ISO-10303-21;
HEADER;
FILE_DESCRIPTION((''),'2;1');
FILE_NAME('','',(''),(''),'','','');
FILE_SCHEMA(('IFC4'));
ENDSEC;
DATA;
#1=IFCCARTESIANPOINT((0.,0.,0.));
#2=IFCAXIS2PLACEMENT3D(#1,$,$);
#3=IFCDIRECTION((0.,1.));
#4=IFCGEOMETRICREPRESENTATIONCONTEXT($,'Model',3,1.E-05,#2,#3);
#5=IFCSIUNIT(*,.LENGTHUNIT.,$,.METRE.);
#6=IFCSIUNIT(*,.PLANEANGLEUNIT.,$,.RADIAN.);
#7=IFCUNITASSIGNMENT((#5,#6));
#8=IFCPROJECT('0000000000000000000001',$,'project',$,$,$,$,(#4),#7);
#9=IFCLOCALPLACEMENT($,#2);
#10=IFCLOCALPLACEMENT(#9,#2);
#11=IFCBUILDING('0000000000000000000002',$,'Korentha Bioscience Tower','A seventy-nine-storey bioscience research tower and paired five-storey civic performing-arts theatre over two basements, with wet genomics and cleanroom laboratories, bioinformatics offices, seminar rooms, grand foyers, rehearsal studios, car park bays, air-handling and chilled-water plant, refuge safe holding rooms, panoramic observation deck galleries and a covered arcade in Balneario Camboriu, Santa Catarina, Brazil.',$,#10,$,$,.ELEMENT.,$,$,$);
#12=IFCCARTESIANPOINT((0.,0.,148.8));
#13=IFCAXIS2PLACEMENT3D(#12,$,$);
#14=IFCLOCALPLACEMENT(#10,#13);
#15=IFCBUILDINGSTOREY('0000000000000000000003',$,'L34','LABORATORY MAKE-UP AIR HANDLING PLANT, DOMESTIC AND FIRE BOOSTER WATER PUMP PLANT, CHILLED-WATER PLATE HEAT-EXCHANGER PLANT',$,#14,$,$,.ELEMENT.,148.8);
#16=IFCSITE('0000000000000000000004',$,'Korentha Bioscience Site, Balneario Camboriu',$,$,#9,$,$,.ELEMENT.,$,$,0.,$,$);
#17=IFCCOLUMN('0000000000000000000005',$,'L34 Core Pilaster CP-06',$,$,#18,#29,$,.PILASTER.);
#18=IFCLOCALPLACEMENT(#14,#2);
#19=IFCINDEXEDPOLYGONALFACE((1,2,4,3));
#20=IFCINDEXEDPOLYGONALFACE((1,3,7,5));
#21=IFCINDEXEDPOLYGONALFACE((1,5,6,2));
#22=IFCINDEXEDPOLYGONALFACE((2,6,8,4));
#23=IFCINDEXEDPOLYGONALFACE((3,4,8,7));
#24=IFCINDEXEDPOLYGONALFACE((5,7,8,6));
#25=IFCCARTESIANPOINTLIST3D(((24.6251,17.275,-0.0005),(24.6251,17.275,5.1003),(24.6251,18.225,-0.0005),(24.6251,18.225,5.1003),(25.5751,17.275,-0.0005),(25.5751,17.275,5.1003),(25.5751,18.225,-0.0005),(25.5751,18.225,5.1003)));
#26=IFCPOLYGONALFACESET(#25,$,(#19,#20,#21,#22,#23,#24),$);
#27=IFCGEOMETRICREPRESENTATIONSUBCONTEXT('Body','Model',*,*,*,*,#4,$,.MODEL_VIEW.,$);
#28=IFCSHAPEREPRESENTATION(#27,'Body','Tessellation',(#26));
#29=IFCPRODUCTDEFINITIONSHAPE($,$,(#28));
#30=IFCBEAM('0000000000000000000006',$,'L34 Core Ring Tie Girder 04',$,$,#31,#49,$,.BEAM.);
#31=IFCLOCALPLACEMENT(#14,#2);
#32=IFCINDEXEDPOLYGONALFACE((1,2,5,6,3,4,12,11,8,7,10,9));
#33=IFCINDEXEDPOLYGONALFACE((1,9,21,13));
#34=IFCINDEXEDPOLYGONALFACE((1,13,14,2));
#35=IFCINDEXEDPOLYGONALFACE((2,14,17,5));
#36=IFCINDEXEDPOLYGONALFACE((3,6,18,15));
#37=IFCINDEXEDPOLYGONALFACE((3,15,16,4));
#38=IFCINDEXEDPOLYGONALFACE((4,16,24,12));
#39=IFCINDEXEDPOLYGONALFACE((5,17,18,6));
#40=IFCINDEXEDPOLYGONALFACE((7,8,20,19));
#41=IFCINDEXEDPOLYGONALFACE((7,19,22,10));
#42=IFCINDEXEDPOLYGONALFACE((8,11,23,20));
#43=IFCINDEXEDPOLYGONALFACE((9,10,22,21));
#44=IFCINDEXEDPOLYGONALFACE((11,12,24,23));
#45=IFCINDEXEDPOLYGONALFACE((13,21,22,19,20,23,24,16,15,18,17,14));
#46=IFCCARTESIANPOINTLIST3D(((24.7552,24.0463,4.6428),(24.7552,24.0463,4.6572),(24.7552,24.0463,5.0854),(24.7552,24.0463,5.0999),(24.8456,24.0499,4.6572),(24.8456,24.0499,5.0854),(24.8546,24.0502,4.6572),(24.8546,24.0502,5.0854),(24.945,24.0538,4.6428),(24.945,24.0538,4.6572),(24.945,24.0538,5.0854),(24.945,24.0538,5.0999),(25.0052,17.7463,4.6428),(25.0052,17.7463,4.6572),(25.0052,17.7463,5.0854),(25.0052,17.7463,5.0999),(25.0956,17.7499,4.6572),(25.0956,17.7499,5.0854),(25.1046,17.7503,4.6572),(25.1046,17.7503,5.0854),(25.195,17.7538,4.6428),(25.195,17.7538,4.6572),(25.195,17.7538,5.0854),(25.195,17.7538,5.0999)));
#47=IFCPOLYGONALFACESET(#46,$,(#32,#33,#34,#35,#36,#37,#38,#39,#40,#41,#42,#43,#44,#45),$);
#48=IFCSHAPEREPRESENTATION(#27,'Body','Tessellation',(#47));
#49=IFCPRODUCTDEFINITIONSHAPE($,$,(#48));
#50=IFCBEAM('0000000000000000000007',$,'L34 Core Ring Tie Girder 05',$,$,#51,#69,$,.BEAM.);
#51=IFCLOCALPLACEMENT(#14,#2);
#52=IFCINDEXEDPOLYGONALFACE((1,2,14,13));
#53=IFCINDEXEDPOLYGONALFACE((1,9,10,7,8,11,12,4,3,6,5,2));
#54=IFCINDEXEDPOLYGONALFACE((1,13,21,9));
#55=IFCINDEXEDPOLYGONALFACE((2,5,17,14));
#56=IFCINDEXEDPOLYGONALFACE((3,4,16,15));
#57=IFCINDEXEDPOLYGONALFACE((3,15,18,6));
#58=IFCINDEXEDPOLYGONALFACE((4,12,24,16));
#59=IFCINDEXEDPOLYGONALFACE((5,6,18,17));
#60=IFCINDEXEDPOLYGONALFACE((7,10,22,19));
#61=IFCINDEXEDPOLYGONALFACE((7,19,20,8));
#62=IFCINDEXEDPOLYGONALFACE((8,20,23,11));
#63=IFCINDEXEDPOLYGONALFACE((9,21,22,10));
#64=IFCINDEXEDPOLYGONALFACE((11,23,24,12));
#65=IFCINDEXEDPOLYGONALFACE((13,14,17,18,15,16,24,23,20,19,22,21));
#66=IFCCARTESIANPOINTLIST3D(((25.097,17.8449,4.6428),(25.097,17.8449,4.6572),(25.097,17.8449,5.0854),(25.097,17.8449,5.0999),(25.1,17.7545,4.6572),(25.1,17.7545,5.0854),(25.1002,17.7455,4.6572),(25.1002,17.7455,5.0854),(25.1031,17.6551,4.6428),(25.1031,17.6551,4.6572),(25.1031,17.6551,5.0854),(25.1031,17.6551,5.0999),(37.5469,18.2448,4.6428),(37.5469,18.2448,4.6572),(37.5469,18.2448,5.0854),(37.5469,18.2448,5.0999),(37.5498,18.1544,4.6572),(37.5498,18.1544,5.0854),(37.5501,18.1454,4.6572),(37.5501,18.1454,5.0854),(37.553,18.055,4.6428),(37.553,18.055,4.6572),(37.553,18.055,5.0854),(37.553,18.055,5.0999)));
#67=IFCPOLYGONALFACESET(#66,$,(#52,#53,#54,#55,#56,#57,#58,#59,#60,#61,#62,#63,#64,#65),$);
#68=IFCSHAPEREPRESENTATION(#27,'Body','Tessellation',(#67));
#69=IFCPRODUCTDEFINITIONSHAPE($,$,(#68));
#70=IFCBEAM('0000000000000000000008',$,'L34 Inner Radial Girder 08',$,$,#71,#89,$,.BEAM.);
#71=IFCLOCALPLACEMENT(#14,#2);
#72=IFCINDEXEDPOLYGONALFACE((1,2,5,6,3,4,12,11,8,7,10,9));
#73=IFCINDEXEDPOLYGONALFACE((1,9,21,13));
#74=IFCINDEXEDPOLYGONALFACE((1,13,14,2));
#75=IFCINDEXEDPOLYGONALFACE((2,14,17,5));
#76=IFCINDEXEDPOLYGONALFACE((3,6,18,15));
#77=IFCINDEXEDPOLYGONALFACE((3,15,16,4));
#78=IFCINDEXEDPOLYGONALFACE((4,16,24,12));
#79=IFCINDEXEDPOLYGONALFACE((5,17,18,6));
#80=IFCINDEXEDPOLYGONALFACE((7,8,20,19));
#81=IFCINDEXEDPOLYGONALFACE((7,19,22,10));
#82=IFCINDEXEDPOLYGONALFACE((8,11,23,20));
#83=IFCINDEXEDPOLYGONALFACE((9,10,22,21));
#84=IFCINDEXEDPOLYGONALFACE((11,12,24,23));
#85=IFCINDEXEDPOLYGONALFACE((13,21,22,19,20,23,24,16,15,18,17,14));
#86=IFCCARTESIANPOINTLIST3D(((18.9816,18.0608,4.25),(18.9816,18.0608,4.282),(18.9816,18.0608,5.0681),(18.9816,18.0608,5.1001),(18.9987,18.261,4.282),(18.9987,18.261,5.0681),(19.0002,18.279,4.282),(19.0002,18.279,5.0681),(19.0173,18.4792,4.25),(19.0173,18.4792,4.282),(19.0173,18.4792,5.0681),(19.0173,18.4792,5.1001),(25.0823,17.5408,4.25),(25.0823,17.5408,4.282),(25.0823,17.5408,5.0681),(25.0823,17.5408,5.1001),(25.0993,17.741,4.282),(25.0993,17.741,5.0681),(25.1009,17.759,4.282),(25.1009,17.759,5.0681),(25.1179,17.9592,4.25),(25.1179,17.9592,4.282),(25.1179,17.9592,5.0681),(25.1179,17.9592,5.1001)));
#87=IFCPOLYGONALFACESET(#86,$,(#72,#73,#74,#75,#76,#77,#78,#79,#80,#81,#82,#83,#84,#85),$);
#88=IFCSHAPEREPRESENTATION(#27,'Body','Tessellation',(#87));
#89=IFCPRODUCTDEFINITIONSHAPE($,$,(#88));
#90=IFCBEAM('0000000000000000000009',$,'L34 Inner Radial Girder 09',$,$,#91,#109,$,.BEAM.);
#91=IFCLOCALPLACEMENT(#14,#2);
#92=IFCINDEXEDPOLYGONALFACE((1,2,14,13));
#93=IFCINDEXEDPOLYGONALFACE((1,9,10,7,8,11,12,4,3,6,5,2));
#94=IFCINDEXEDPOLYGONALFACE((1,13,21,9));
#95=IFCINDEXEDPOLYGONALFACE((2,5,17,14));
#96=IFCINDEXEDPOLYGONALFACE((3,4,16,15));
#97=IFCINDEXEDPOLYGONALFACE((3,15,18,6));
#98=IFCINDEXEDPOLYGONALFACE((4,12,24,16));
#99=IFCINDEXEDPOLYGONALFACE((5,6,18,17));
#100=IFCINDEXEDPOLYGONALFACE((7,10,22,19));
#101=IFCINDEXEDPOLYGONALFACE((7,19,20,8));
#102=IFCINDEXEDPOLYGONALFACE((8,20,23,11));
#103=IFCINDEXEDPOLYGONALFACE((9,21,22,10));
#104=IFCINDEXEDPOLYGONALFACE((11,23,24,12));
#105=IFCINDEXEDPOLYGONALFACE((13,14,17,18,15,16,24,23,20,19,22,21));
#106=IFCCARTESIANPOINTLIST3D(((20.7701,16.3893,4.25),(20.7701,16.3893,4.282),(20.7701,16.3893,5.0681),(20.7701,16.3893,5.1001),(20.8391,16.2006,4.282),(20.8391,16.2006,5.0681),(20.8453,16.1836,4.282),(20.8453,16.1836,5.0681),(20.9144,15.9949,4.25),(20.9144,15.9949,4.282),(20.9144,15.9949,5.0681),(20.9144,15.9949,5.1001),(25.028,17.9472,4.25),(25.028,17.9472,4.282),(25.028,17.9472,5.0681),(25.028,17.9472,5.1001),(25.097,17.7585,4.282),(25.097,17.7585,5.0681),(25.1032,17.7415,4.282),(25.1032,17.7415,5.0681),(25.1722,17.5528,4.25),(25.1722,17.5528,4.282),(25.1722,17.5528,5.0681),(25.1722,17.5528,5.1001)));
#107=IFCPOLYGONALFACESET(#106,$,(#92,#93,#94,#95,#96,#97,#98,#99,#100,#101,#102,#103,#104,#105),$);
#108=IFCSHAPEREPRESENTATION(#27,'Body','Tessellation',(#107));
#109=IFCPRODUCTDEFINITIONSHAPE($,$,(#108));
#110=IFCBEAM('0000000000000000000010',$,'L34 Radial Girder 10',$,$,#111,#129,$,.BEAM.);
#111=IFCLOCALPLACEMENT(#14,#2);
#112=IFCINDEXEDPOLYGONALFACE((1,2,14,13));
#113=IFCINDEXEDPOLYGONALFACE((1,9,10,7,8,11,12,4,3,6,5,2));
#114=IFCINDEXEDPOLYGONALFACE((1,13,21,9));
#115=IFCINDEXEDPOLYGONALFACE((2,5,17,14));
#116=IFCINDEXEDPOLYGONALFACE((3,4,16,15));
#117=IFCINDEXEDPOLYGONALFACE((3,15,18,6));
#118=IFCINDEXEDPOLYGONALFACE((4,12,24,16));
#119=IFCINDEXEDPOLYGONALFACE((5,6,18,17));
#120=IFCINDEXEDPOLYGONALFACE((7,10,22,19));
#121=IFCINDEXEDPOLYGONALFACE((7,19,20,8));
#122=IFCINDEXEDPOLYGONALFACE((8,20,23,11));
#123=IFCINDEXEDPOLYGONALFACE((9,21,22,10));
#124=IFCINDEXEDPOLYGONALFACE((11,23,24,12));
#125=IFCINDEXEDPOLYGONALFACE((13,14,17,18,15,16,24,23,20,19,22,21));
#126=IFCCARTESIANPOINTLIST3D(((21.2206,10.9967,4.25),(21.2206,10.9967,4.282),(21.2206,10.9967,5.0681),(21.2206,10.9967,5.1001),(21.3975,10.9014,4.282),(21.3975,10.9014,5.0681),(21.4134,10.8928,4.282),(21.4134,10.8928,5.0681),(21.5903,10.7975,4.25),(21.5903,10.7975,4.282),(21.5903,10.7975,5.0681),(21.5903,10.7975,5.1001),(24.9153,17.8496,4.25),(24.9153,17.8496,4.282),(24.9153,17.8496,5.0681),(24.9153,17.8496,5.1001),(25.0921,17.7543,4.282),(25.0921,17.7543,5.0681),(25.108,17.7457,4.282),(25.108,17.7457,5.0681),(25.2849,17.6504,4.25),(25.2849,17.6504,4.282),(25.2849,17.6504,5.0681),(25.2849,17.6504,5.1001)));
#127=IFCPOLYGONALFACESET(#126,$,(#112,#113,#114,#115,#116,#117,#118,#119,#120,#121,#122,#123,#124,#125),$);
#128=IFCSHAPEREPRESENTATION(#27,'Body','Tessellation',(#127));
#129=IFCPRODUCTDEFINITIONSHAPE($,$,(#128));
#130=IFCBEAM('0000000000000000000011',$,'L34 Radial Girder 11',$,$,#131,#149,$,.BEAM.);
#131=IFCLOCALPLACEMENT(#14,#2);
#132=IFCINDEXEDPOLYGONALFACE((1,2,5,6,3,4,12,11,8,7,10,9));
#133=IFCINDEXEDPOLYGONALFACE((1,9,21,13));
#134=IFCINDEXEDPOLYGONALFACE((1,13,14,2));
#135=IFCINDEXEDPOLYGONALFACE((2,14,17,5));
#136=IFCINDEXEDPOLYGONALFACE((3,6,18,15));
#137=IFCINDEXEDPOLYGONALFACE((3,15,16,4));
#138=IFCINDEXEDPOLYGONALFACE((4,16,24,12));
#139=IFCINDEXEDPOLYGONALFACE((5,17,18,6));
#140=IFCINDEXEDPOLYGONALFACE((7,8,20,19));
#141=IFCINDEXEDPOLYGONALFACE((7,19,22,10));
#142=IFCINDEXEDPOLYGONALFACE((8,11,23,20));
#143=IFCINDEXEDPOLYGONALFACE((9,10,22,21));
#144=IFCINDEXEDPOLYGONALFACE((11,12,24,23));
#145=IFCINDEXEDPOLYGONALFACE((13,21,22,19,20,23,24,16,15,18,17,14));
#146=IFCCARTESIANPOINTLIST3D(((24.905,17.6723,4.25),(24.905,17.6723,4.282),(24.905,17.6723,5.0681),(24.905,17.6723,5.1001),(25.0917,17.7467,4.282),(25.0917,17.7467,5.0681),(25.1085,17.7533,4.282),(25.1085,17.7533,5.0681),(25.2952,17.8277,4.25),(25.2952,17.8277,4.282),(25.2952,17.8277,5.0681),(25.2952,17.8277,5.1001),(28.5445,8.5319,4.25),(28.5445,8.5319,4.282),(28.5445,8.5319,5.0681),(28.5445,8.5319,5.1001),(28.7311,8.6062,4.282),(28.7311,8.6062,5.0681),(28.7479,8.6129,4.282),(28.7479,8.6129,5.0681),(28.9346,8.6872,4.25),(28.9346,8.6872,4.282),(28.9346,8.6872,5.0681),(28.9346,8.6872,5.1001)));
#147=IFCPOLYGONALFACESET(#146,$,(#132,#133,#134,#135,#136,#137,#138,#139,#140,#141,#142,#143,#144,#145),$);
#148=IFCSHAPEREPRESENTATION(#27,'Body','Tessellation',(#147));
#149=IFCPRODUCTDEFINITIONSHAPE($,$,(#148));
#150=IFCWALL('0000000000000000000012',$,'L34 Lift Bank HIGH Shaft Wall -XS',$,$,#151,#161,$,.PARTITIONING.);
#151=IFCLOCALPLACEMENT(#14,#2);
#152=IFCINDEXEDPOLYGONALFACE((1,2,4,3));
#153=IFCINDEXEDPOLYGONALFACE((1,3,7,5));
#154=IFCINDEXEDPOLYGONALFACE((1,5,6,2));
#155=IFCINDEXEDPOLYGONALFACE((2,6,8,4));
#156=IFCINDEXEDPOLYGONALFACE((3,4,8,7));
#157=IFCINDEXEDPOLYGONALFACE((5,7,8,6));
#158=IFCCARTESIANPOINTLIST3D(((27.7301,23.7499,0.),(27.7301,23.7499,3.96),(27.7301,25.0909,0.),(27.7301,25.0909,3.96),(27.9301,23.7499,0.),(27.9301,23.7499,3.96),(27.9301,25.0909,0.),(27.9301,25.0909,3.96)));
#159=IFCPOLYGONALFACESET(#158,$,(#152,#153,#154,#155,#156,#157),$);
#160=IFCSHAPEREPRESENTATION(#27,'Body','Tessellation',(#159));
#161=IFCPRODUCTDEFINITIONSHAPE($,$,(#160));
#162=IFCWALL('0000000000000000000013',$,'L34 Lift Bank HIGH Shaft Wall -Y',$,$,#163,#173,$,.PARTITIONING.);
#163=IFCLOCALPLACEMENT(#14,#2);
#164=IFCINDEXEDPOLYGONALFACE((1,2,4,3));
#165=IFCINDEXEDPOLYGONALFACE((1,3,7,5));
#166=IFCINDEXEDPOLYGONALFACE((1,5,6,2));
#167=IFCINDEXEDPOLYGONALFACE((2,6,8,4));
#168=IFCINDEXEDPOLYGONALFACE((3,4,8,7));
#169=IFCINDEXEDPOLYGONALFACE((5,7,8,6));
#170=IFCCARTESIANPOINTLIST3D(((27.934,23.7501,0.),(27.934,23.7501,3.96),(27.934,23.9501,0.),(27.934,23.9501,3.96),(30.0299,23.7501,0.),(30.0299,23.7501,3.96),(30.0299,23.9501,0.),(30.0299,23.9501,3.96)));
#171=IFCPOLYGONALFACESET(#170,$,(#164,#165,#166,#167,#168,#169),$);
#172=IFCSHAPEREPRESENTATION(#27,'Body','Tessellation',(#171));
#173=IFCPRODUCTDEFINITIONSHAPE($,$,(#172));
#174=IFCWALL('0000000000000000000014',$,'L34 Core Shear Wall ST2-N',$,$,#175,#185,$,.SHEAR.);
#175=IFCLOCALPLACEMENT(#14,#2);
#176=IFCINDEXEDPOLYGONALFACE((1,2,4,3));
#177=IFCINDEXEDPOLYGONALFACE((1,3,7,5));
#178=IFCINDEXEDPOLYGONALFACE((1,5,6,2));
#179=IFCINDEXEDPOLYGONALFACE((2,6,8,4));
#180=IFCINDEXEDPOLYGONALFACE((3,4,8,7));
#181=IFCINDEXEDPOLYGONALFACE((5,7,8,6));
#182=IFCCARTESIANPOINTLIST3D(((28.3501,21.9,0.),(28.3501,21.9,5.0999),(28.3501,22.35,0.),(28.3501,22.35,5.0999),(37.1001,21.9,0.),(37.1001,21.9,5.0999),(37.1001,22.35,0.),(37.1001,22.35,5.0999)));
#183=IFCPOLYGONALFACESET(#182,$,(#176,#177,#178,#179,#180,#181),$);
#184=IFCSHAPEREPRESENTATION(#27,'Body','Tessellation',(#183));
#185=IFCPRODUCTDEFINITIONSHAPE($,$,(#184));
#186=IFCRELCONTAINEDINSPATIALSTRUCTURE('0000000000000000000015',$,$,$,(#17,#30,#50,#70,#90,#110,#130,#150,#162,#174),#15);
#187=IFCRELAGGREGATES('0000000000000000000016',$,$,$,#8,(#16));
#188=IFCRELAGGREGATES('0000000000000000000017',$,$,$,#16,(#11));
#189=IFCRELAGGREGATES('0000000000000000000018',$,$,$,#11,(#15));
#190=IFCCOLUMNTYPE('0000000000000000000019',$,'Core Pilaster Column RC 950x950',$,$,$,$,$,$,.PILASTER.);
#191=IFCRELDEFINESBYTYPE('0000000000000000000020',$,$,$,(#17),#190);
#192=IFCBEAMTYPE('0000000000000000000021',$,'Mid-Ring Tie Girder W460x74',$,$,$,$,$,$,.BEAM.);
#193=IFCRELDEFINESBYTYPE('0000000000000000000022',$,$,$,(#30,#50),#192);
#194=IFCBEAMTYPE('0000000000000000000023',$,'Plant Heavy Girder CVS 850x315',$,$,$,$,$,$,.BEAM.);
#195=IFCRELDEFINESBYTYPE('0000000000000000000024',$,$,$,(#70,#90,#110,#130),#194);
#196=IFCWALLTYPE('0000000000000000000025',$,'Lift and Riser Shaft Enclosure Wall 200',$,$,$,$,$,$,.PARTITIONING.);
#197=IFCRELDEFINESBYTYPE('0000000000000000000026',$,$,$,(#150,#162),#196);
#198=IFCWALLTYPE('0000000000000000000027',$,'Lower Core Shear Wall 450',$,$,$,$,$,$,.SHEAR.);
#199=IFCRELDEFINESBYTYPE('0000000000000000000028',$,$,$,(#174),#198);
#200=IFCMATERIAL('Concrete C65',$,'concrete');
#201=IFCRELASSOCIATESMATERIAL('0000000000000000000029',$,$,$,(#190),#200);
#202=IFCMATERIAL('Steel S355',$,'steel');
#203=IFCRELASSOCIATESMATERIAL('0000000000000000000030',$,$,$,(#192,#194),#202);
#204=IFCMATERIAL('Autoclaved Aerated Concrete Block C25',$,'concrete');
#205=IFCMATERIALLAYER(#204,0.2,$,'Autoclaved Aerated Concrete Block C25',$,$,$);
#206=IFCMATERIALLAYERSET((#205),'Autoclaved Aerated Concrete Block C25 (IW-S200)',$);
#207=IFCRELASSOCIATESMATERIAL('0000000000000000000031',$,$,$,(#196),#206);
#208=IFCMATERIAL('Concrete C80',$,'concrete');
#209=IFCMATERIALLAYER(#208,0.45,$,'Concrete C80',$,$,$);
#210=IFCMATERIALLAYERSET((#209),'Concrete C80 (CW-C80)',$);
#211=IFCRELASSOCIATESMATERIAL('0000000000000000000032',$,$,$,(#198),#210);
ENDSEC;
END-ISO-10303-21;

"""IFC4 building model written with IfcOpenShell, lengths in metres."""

from ifc_helpers import new_model, si_unit, direction, frame, frame_2d, origin, origin_2d, place, context, subcontext, project, spatial, rectangle, i_section, extrude, material, layer, layer_set, material_profile, profile_set, type_object, element, save


model = new_model("IFC4")

# Units and contexts
model_context = context("Model", 3, precision=1e-05, world=origin(), true_north=direction((0.0, 1.0)))
body_context = subcontext(model_context, "Body", "Model", "MODEL_VIEW")
ifc_project = project(units=[si_unit("LENGTHUNIT", "METRE"), si_unit("PLANEANGLEUNIT", "RADIAN")], contexts=[model_context])

# Site, building, storey
site_placement = place(None, origin())
site = spatial("IfcSite", under=ifc_project, at=site_placement, Name="Korentha Bioscience Site, Balneario Camboriu", CompositionType="ELEMENT", RefElevation=0.0)
building_placement = place(site_placement, origin())
building = spatial("IfcBuilding", under=site, at=building_placement, Name="Korentha Bioscience Tower", Description="A seventy-nine-storey bioscience research tower and paired five-storey civic performing-arts theatre over two basements, with wet genomics and cleanroom laboratories, bioinformatics offices, seminar rooms, grand foyers, rehearsal studios, car park bays, air-handling and chilled-water plant, refuge safe holding rooms, panoramic observation deck galleries and a covered arcade in Balneario Camboriu, Santa Catarina, Brazil.", CompositionType="ELEMENT")
storey_placement = place(building_placement, frame((0.0, 0.0, 148.8)))
storey = spatial("IfcBuildingStorey", under=building, at=storey_placement, Name="L34", Description="LABORATORY MAKE-UP AIR HANDLING PLANT, DOMESTIC AND FIRE BOOSTER WATER PUMP PLANT, CHILLED-WATER PLATE HEAT-EXCHANGER PLANT", CompositionType="ELEMENT", Elevation=148.8)

# Column
ifc_material_1 = material(Name="Concrete C65", Category="concrete")
ifc_material_profile_1 = material_profile(ifc_material_1, rectangle(XDim=0.95, YDim=0.95, at=origin_2d()), Name="Concrete C65")
ifc_profile_set_1 = profile_set([ifc_material_profile_1], Name="Concrete C65 (COL-CP09)")
column_type = type_object("IfcColumnType", Name="Core Pilaster Column RC 950x950", PredefinedType="PILASTER", material=ifc_profile_set_1)
column_placement = place(storey_placement, frame((25.1001, 17.75, -0.0005), z_axis=(0.0, 0.0, 1.0), x_axis=(1.0, 0.0, 0.0)))
element("IfcColumn", 1, at=column_placement, inside=storey, type_object=column_type, Name="L34 Core Pilaster CP-06", PredefinedType="PILASTER", context=body_context, shape_type="SweptSolid", body=[
    extrude(rectangle(XDim=0.95, YDim=0.95, at=origin_2d()), origin(), (0.0, 0.0, 1.0), 5.1008),
])

# Beams
ifc_material_2 = material(Name="Steel S355", Category="steel")
ifc_material_profile_2 = material_profile(ifc_material_2, i_section(OverallWidth=0.1899, OverallDepth=0.457, WebThickness=0.009, FlangeThickness=0.0144, at=origin_2d()), Name="Steel S355")
ifc_profile_set_2 = profile_set([ifc_material_profile_2], Name="Steel S355 (MB-460)")
beam_type_1 = type_object("IfcBeamType", Name="Mid-Ring Tie Girder W460x74", PredefinedType="BEAM", material=ifc_profile_set_2)
beam_1_placement = place(storey_placement, frame((24.8501, 24.05, 4.8713), z_axis=(0.039651, -0.999214, 0.0), x_axis=(0.999214, 0.039651, 0.0)))
element("IfcBeam", 2, at=beam_1_placement, inside=storey, type_object=beam_type_1, Name="L34 Core Ring Tie Girder 04", PredefinedType="BEAM", context=body_context, shape_type="SweptSolid", body=[
    extrude(i_section(OverallWidth=0.1899, OverallDepth=0.457, WebThickness=0.009, FlangeThickness=0.0144, at=origin_2d()), origin(), (0.0, 0.0, 1.0), 6.3049),
])
beam_2_placement = place(storey_placement, frame((25.1001, 17.75, 4.8713), z_axis=(0.999485, 0.032104, 0.0), x_axis=(-0.032104, 0.999485, 0.0)))
element("IfcBeam", 3, at=beam_2_placement, inside=storey, type_object=beam_type_1, Name="L34 Core Ring Tie Girder 05", PredefinedType="BEAM", context=body_context, shape_type="SweptSolid", body=[
    extrude(i_section(OverallWidth=0.1899, OverallDepth=0.457, WebThickness=0.009, FlangeThickness=0.0144, at=origin_2d()), origin(), (0.0, 0.0, 1.0), 12.4563),
])
ifc_material_profile_3 = material_profile(ifc_material_2, i_section(OverallWidth=0.4199, OverallDepth=0.8501, WebThickness=0.0181, FlangeThickness=0.032, at=origin_2d()), Name="Steel S355")
ifc_profile_set_3 = profile_set([ifc_material_profile_3], Name="Steel S355 (MB-850)")
beam_type_2 = type_object("IfcBeamType", Name="Plant Heavy Girder CVS 850x315", PredefinedType="BEAM", material=ifc_profile_set_3)
beam_3_placement = place(storey_placement, frame((25.1001, 17.75, 4.675), z_axis=(-0.996387, 0.084933, 0.0), x_axis=(-0.084933, -0.996387, 0.0)))
element("IfcBeam", 4, at=beam_3_placement, inside=storey, type_object=beam_type_2, Name="L34 Inner Radial Girder 08", PredefinedType="BEAM", context=body_context, shape_type="SweptSolid", body=[
    extrude(i_section(OverallWidth=0.4199, OverallDepth=0.8501, WebThickness=0.0181, FlangeThickness=0.032, at=origin_2d()), origin(), (0.0, 0.0, 1.0), 6.1228),
])
beam_4_placement = place(storey_placement, frame((25.1001, 17.75, 4.675), z_axis=(-0.939114, -0.343606, 0.0), x_axis=(0.343606, -0.939114, 0.0)))
element("IfcBeam", 5, at=beam_4_placement, inside=storey, type_object=beam_type_2, Name="L34 Inner Radial Girder 09", PredefinedType="BEAM", context=body_context, shape_type="SweptSolid", body=[
    extrude(i_section(OverallWidth=0.4199, OverallDepth=0.8501, WebThickness=0.0181, FlangeThickness=0.032, at=origin_2d()), origin(), (0.0, 0.0, 1.0), 4.5339),
])
beam_5_placement = place(storey_placement, frame((25.1001, 17.75, 4.675), z_axis=(-0.47456, -0.880223, 0.0), x_axis=(0.880223, -0.47456, 0.0)))
element("IfcBeam", 6, at=beam_5_placement, inside=storey, type_object=beam_type_2, Name="L34 Radial Girder 10", PredefinedType="BEAM", context=body_context, shape_type="SweptSolid", body=[
    extrude(i_section(OverallWidth=0.4199, OverallDepth=0.8501, WebThickness=0.0181, FlangeThickness=0.032, at=origin_2d()), origin(), (0.0, 0.0, 1.0), 7.7854),
])
beam_6_placement = place(storey_placement, frame((25.1001, 17.75, 4.675), z_axis=(0.369923, -0.929063, 0.0), x_axis=(0.929063, 0.369923, 0.0)))
element("IfcBeam", 7, at=beam_6_placement, inside=storey, type_object=beam_type_2, Name="L34 Radial Girder 11", PredefinedType="BEAM", context=body_context, shape_type="SweptSolid", body=[
    extrude(i_section(OverallWidth=0.4199, OverallDepth=0.8501, WebThickness=0.0181, FlangeThickness=0.032, at=origin_2d()), origin(), (0.0, 0.0, 1.0), 9.8384),
])

# Walls
ifc_material_3 = material(Name="Autoclaved Aerated Concrete Block C25", Category="concrete")
ifc_layer_1 = layer(ifc_material_3, 0.2, Name="Autoclaved Aerated Concrete Block C25")
ifc_layer_set_1 = layer_set([ifc_layer_1], Name="Autoclaved Aerated Concrete Block C25 (IW-S200)")
wall_type_1 = type_object("IfcWallType", Name="Lift and Riser Shaft Enclosure Wall 200", PredefinedType="PARTITIONING", material=ifc_layer_set_1)
wall_1_placement = place(storey_placement, frame((27.8301, 23.75, 0.0), z_axis=(0.0, 0.0, 1.0), x_axis=(0.0, 1.0, 0.0)))
element("IfcWall", 8, at=wall_1_placement, inside=storey, type_object=wall_type_1, Name="L34 Lift Bank HIGH Shaft Wall -XS", PredefinedType="PARTITIONING", context=body_context, shape_type="SweptSolid", body=[
    extrude(rectangle(XDim=1.3411, YDim=0.2, at=frame_2d((0.6704, 0.0))), origin(), (0.0, 0.0, 1.0), 3.96),
])
wall_2_placement = place(storey_placement, frame((27.9341, 23.8501, 0.0), z_axis=(0.0, 0.0, 1.0), x_axis=(1.0, 0.0, 0.0)))
element("IfcWall", 9, at=wall_2_placement, inside=storey, type_object=wall_type_1, Name="L34 Lift Bank HIGH Shaft Wall -Y", PredefinedType="PARTITIONING", context=body_context, shape_type="SweptSolid", body=[
    extrude(rectangle(XDim=2.0959, YDim=0.2, at=frame_2d((1.0479, 0.0))), origin(), (0.0, 0.0, 1.0), 3.96),
])
ifc_material_4 = material(Name="Concrete C80", Category="concrete")
ifc_layer_2 = layer(ifc_material_4, 0.45, Name="Concrete C80")
ifc_layer_set_2 = layer_set([ifc_layer_2], Name="Concrete C80 (CW-C80)")
wall_type_2 = type_object("IfcWallType", Name="Lower Core Shear Wall 450", PredefinedType="SHEAR", material=ifc_layer_set_2)
wall_3_placement = place(storey_placement, frame((28.3501, 22.125, 0.0), z_axis=(0.0, 0.0, 1.0), x_axis=(1.0, 0.0, 0.0)))
element("IfcWall", 10, at=wall_3_placement, inside=storey, type_object=wall_type_2, Name="L34 Core Shear Wall ST2-N", PredefinedType="SHEAR", context=body_context, shape_type="SweptSolid", body=[
    extrude(rectangle(XDim=8.75, YDim=0.45, at=frame_2d((4.375, 0.0))), origin(), (0.0, 0.0, 1.0), 5.0999),
])

save(model, "model.ifc")
